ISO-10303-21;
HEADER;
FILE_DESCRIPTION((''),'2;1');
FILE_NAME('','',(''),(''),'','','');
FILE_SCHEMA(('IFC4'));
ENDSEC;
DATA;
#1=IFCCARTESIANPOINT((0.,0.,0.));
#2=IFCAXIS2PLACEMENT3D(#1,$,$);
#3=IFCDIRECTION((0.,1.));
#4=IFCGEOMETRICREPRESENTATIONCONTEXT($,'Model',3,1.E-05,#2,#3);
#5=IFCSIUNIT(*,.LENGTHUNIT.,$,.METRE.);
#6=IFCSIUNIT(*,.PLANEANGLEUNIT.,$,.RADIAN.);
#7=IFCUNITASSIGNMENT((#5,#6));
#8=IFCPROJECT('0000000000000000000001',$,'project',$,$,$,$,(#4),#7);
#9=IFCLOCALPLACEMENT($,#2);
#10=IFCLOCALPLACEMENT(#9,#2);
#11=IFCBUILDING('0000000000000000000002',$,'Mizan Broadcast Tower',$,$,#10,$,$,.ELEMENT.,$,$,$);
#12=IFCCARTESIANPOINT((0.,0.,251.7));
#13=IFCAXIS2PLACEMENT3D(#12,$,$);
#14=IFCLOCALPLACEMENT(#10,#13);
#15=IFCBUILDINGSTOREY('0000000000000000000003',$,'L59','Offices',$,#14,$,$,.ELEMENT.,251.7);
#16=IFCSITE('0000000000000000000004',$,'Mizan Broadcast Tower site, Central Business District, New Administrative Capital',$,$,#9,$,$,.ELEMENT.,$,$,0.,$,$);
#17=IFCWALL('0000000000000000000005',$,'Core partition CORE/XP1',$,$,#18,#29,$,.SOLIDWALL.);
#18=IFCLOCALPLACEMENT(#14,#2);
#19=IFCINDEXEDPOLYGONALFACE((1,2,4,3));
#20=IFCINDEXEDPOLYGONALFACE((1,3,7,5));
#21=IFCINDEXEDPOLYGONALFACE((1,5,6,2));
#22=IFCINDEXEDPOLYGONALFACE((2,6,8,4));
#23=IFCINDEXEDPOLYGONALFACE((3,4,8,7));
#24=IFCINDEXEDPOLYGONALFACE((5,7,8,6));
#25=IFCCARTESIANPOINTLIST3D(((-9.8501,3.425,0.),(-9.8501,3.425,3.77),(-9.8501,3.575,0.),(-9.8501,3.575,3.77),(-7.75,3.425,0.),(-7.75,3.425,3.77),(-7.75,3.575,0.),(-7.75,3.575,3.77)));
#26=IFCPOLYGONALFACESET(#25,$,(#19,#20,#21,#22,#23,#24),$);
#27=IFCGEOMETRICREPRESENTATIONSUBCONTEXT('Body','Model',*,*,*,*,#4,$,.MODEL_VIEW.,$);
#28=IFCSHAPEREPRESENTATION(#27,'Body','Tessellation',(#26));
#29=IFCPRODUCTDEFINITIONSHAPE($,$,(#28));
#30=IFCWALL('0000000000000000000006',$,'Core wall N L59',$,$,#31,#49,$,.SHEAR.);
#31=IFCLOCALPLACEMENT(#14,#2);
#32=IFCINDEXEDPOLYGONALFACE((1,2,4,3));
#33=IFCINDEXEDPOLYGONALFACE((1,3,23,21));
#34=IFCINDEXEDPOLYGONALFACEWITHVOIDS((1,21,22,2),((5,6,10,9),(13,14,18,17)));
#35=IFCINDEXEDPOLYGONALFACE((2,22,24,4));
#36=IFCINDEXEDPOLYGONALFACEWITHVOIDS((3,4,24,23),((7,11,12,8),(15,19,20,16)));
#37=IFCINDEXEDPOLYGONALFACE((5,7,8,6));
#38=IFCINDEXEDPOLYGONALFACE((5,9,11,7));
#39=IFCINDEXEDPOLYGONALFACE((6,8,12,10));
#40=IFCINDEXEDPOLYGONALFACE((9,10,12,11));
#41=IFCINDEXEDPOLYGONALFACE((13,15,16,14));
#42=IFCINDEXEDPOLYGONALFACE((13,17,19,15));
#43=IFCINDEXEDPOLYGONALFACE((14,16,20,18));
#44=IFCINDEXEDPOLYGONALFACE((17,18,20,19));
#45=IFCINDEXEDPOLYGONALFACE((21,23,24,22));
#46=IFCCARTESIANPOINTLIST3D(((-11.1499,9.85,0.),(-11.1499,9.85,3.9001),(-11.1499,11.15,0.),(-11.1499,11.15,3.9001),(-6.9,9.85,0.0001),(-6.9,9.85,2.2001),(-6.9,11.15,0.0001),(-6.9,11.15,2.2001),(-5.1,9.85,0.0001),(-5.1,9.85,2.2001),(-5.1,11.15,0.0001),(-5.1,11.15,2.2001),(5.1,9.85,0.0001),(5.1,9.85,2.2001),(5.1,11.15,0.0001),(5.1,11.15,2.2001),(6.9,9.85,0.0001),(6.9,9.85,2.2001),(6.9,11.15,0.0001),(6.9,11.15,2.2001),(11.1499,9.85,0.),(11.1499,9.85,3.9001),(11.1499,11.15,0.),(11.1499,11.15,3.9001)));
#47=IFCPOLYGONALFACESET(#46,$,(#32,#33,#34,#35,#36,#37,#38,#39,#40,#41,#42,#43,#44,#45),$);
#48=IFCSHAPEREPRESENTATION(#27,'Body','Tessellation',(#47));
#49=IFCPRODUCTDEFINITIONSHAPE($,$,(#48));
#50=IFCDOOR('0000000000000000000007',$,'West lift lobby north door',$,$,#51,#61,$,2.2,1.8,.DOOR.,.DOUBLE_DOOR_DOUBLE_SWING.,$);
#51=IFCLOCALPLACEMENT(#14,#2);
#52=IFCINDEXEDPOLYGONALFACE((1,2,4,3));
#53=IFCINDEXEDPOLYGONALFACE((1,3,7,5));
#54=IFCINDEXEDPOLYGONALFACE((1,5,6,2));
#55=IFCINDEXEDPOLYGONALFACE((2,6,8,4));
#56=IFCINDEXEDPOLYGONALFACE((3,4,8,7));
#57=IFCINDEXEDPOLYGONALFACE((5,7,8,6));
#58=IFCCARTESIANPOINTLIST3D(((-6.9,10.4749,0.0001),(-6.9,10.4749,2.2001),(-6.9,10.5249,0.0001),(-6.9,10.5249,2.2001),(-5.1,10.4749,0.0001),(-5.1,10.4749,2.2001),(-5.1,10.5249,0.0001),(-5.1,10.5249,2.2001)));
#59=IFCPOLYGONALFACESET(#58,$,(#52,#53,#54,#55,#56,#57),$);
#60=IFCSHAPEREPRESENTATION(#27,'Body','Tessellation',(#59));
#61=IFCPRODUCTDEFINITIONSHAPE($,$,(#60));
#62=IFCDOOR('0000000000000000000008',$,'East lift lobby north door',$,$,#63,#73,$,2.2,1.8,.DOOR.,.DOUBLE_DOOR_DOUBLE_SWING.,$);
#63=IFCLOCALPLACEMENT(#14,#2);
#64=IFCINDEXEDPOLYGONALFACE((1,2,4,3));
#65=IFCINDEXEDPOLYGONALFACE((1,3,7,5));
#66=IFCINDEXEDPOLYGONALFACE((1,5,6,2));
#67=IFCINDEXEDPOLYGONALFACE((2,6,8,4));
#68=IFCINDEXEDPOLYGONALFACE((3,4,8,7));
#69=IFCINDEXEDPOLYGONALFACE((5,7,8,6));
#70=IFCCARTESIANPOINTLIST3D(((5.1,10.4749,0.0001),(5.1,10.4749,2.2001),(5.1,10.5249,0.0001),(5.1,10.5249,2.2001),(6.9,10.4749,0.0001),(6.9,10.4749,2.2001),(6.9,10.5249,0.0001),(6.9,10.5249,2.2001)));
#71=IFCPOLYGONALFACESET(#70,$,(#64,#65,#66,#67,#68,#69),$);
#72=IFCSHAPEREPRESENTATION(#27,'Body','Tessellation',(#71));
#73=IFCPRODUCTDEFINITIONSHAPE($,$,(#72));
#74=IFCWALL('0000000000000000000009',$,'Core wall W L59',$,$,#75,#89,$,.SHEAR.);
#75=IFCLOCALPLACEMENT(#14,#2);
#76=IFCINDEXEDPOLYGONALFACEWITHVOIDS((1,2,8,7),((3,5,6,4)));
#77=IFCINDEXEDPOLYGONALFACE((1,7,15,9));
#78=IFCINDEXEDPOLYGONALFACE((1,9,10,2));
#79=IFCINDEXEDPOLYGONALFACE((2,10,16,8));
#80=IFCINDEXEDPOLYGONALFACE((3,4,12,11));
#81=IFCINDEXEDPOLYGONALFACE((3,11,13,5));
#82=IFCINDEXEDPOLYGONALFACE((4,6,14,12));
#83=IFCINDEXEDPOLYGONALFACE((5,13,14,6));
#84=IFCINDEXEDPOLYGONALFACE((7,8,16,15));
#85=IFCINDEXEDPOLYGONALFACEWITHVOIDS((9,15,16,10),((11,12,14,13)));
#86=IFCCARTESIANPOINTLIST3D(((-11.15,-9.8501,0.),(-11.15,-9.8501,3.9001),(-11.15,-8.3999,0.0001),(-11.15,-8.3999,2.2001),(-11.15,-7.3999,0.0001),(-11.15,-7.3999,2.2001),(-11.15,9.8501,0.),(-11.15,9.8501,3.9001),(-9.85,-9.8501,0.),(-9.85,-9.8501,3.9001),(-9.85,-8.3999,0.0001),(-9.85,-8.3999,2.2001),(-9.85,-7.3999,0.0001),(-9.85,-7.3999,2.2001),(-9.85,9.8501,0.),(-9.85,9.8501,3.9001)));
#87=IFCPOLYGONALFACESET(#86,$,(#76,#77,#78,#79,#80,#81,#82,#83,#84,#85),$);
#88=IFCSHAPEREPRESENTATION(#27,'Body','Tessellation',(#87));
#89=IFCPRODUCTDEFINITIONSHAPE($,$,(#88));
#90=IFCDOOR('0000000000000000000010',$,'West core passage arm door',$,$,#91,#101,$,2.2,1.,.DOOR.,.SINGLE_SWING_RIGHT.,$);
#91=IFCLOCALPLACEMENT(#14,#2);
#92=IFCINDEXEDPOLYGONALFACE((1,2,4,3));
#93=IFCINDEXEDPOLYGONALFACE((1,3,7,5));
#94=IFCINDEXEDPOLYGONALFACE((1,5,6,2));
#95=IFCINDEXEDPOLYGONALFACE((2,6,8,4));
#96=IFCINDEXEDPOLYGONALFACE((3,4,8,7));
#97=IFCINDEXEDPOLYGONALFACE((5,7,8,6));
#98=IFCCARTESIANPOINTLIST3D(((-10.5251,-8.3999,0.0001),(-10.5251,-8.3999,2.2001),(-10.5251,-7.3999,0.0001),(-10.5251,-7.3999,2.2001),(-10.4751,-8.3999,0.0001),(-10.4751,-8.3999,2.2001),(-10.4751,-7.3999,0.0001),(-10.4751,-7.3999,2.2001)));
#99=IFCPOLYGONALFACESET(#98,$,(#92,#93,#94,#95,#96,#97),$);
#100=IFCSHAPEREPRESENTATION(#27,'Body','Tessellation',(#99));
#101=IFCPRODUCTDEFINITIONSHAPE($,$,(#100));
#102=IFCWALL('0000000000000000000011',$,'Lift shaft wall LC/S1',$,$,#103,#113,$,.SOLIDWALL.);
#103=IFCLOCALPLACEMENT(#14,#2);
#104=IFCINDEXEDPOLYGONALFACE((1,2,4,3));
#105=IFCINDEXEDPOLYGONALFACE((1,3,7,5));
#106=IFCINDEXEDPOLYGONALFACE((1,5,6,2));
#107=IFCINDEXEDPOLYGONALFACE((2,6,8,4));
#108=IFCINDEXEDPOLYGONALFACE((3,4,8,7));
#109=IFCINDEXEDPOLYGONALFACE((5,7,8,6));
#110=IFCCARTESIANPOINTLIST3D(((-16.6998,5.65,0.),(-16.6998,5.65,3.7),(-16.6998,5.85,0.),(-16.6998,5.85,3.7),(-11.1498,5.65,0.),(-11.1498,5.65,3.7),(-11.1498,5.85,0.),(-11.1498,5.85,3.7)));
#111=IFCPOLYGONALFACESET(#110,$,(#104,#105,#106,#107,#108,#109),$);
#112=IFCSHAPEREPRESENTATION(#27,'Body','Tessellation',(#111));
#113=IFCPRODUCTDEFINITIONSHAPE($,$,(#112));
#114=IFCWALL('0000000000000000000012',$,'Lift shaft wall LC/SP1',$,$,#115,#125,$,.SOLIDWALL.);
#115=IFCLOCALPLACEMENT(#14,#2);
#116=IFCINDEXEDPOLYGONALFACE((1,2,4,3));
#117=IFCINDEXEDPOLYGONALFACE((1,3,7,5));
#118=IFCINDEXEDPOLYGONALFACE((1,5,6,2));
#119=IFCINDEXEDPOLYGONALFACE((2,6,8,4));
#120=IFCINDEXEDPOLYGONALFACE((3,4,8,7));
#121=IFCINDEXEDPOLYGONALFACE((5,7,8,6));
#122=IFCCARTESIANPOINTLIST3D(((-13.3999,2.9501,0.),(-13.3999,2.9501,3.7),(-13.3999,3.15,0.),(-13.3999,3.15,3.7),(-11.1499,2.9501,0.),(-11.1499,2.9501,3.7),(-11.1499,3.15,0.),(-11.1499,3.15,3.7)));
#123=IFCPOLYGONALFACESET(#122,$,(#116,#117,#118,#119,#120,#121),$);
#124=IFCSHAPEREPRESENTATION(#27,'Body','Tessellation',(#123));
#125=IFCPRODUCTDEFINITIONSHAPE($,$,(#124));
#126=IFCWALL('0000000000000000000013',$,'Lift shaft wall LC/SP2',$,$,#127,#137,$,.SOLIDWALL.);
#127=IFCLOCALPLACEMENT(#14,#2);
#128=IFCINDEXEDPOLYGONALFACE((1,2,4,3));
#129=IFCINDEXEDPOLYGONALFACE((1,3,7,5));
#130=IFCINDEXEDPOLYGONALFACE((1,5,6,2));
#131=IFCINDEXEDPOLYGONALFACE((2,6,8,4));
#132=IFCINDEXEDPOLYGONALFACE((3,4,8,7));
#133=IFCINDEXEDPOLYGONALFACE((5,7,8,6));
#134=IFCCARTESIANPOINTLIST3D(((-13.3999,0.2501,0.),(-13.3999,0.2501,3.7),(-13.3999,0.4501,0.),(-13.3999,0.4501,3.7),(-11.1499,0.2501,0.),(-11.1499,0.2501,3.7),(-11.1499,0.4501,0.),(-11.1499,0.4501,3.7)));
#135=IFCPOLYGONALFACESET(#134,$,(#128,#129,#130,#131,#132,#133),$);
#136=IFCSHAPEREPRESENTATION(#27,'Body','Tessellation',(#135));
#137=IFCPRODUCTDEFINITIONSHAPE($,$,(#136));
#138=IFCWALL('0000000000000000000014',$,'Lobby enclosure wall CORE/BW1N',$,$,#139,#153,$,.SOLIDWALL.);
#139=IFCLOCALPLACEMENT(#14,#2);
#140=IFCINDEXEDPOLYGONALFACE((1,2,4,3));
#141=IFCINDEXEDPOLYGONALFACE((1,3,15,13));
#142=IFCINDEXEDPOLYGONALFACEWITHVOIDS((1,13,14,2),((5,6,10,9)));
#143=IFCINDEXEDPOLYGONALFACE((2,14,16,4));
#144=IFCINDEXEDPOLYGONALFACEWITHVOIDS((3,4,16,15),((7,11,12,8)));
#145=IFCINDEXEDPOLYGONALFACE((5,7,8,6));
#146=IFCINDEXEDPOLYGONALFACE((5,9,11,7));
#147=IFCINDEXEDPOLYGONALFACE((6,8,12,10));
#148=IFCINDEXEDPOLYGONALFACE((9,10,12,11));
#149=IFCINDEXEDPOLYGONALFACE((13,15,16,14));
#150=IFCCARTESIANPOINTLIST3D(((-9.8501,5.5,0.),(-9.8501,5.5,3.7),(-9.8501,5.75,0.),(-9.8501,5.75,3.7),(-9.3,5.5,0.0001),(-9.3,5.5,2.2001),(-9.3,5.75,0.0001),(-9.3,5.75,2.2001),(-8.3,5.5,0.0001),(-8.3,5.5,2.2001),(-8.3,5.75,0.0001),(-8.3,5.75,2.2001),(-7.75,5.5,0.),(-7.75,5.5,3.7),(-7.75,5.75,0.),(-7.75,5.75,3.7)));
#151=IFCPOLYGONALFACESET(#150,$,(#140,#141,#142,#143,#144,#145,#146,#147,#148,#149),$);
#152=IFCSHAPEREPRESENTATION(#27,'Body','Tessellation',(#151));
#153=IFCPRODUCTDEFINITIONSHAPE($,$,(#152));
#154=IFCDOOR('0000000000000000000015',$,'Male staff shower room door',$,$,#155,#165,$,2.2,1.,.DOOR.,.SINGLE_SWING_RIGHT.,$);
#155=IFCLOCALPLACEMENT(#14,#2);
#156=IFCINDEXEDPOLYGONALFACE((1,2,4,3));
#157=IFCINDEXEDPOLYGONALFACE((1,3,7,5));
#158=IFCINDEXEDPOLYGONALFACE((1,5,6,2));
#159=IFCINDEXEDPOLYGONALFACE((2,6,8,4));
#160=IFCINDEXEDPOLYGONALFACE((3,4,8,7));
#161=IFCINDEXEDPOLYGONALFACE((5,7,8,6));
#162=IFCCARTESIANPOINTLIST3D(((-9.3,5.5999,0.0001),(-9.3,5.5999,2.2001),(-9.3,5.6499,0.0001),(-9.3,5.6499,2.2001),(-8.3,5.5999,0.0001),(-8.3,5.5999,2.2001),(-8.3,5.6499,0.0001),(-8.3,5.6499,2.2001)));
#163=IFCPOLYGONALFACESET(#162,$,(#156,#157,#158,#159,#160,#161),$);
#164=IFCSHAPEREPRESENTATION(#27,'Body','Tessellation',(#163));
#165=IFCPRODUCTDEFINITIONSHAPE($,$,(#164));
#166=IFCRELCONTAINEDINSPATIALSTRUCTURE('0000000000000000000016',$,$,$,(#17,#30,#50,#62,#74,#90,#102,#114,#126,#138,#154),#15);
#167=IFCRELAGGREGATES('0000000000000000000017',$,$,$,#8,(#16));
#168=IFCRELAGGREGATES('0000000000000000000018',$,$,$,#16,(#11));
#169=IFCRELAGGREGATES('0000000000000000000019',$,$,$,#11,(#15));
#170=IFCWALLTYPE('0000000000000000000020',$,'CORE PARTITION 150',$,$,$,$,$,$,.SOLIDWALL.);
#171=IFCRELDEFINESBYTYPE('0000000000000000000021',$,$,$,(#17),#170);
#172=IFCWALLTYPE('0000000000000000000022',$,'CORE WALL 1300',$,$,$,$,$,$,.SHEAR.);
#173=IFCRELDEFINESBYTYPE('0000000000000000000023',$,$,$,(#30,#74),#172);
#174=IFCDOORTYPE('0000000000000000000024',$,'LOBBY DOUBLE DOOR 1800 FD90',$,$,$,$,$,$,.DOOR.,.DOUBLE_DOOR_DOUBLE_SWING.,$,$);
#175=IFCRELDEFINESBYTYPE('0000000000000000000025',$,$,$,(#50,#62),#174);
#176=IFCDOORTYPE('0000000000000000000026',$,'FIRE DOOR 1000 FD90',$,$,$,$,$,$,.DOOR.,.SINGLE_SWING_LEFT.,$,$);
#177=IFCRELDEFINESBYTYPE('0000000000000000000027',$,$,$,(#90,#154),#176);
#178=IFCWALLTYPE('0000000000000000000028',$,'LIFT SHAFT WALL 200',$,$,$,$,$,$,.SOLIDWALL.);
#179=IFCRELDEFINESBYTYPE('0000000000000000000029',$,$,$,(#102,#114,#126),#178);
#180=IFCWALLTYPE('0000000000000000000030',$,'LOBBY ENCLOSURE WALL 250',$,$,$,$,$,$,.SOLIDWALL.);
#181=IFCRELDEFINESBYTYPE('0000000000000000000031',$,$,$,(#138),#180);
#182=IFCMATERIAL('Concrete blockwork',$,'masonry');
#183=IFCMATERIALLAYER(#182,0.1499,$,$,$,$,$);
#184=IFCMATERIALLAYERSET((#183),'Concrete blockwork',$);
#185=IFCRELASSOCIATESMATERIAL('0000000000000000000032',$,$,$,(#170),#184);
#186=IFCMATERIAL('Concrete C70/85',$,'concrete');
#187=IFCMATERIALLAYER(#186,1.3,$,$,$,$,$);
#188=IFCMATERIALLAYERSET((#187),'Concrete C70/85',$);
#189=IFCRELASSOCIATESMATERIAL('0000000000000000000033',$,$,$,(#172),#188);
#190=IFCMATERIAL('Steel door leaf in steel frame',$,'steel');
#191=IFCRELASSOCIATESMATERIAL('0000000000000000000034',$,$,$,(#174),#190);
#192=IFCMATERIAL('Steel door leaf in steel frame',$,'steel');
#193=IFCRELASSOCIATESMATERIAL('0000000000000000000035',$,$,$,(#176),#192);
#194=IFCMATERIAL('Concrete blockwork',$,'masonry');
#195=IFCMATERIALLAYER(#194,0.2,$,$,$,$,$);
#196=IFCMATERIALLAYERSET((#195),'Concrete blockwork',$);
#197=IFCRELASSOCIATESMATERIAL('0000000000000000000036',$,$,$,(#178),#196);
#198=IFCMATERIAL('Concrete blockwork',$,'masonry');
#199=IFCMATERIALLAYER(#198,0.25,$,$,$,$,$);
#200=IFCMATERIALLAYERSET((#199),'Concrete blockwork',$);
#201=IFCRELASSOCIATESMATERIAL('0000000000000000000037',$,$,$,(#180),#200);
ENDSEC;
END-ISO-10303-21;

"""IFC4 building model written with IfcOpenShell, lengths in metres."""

from ifc_helpers import new_model, si_unit, direction, frame, frame_2d, origin, place, context, subcontext, project, spatial, rectangle, extrude, material, layer, layer_set, type_object, element, fill, save


model = new_model("IFC4")

# Units and contexts
model_context = context("Model", 3, precision=1e-05, world=origin(), true_north=direction((0.0, 1.0)))
body_context = subcontext(model_context, "Body", "Model", "MODEL_VIEW")
ifc_project = project(units=[si_unit("LENGTHUNIT", "METRE"), si_unit("PLANEANGLEUNIT", "RADIAN")], contexts=[model_context])

# Site, building, storey
site_placement = place(None, origin())
site = spatial("IfcSite", under=ifc_project, at=site_placement, Name="Mizan Broadcast Tower site, Central Business District, New Administrative Capital", CompositionType="ELEMENT", RefElevation=0.0)
building_placement = place(site_placement, origin())
building = spatial("IfcBuilding", under=site, at=building_placement, Name="Mizan Broadcast Tower", CompositionType="ELEMENT")
storey_placement = place(building_placement, frame((0.0, 0.0, 251.7)))
storey = spatial("IfcBuildingStorey", under=building, at=storey_placement, Name="L59", Description="Offices", CompositionType="ELEMENT", Elevation=251.7)

# Wall
ifc_material_1 = material(Name="Concrete blockwork", Category="masonry")
ifc_layer_1 = layer(ifc_material_1, 0.1499)
ifc_layer_set_1 = layer_set([ifc_layer_1], Name="Concrete blockwork")
wall_type_1 = type_object("IfcWallType", Name="CORE PARTITION 150", PredefinedType="SOLIDWALL", material=ifc_layer_set_1)
wall_1_placement = place(storey_placement, frame((-9.8501, 3.5, 0.0), z_axis=(0.0, 0.0, 1.0), x_axis=(1.0, 0.0, 0.0)))
element("IfcWall", 1, at=wall_1_placement, inside=storey, type_object=wall_type_1, Name="Core partition CORE/XP1", PredefinedType="SOLIDWALL", context=body_context, shape_type="SweptSolid", body=[
    extrude(rectangle(XDim=2.1001, YDim=0.1499, at=frame_2d((1.05, 0.0))), origin(), (0.0, 0.0, 1.0), 3.77),
])

# Wall, openings, doors
ifc_material_2 = material(Name="Concrete C70/85", Category="concrete")
ifc_layer_2 = layer(ifc_material_2, 1.3)
ifc_layer_set_2 = layer_set([ifc_layer_2], Name="Concrete C70/85")
wall_type_2 = type_object("IfcWallType", Name="CORE WALL 1300", PredefinedType="SHEAR", material=ifc_layer_set_2)
wall_2_placement = place(storey_placement, frame((-11.1499, 10.5, 0.0), z_axis=(0.0, 0.0, 1.0), x_axis=(1.0, 0.0, 0.0)))
wall_2 = element("IfcWall", 2, at=wall_2_placement, inside=storey, type_object=wall_type_2, Name="Core wall N L59", PredefinedType="SHEAR", context=body_context, shape_type="SweptSolid", body=[
    extrude(rectangle(XDim=22.2998, YDim=1.3, at=frame_2d((11.1499, 0.0))), origin(), (0.0, 0.0, 1.0), 3.9001),
])
opening_1_placement = place(wall_2_placement, frame((4.25, 0.0, 0.0)))
opening_1 = element("IfcOpeningElement", 3, at=opening_1_placement, cuts=wall_2, PredefinedType="OPENING", context=body_context, shape_type="SweptSolid", body=[
    extrude(rectangle(XDim=1.8, YDim=2.2, at=frame_2d((0.8999, 1.1001))), frame((0.0, 0.6599, 0.0), z_axis=(0.0, -1.0, 0.0), x_axis=(1.0, 0.0, 0.0)), (0.0, 0.0, 1.0), 1.3201),
])
opening_2_placement = place(wall_2_placement, frame((16.25, 0.0, 0.0)))
opening_2 = element("IfcOpeningElement", 4, at=opening_2_placement, cuts=wall_2, PredefinedType="OPENING", context=body_context, shape_type="SweptSolid", body=[
    extrude(rectangle(XDim=1.8, YDim=2.2, at=frame_2d((0.8999, 1.1001))), frame((0.0, 0.6599, 0.0), z_axis=(0.0, -1.0, 0.0), x_axis=(1.0, 0.0, 0.0)), (0.0, 0.0, 1.0), 1.3201),
])
ifc_material_3 = material(Name="Steel door leaf in steel frame", Category="steel")
door_type_1 = type_object("IfcDoorType", Name="LOBBY DOUBLE DOOR 1800 FD90", OperationType="DOUBLE_DOOR_DOUBLE_SWING", PredefinedType="DOOR", material=ifc_material_3)
door_1_placement = place(opening_1_placement, origin())
door_1 = element("IfcDoor", 5, at=door_1_placement, inside=storey, type_object=door_type_1, Name="West lift lobby north door", OperationType="DOUBLE_DOOR_DOUBLE_SWING", OverallHeight=2.2, OverallWidth=1.8, PredefinedType="DOOR", context=body_context, shape_type="SweptSolid", body=[
    extrude(rectangle(XDim=1.8, YDim=2.2, at=frame_2d((0.8999, 1.1001))), frame((0.0, 0.0249, 0.0), z_axis=(0.0, -1.0, 0.0), x_axis=(1.0, 0.0, 0.0)), (0.0, 0.0, 1.0), 0.05),
])
fill(opening_1, door_1)
door_2_placement = place(opening_2_placement, origin())
door_2 = element("IfcDoor", 6, at=door_2_placement, inside=storey, type_object=door_type_1, Name="East lift lobby north door", OperationType="DOUBLE_DOOR_DOUBLE_SWING", OverallHeight=2.2, OverallWidth=1.8, PredefinedType="DOOR", context=body_context, shape_type="SweptSolid", body=[
    extrude(rectangle(XDim=1.8, YDim=2.2, at=frame_2d((0.8999, 1.1001))), frame((0.0, 0.0249, 0.0), z_axis=(0.0, -1.0, 0.0), x_axis=(1.0, 0.0, 0.0)), (0.0, 0.0, 1.0), 0.05),
])
fill(opening_2, door_2)

# Wall, opening, door
wall_3_placement = place(storey_placement, frame((-10.5, 9.8501, 0.0), z_axis=(0.0, 0.0, 1.0), x_axis=(0.0, -1.0, 0.0)))
wall_3 = element("IfcWall", 7, at=wall_3_placement, inside=storey, type_object=wall_type_2, Name="Core wall W L59", PredefinedType="SHEAR", context=body_context, shape_type="SweptSolid", body=[
    extrude(rectangle(XDim=19.7002, YDim=1.3, at=frame_2d((9.8501, 0.0))), origin(), (0.0, 0.0, 1.0), 3.9001),
])
opening_3_placement = place(wall_3_placement, frame((17.25, 0.0, 0.0)))
opening_3 = element("IfcOpeningElement", 8, at=opening_3_placement, cuts=wall_3, PredefinedType="OPENING", context=body_context, shape_type="SweptSolid", body=[
    extrude(rectangle(XDim=1.0, YDim=2.2, at=frame_2d((0.5, 1.1001))), frame((0.0, 0.6599, 0.0), z_axis=(0.0, -1.0, 0.0), x_axis=(1.0, 0.0, 0.0)), (0.0, 0.0, 1.0), 1.3201),
])
ifc_material_4 = material(Name="Steel door leaf in steel frame", Category="steel")
door_type_2 = type_object("IfcDoorType", Name="FIRE DOOR 1000 FD90", OperationType="SINGLE_SWING_LEFT", PredefinedType="DOOR", material=ifc_material_4)
door_3_placement = place(opening_3_placement, origin())
door_3 = element("IfcDoor", 9, at=door_3_placement, inside=storey, type_object=door_type_2, Name="West core passage arm door", OperationType="SINGLE_SWING_RIGHT", OverallHeight=2.2, OverallWidth=1.0, PredefinedType="DOOR", context=body_context, shape_type="SweptSolid", body=[
    extrude(rectangle(XDim=1.0, YDim=2.2, at=frame_2d((0.5, 1.1001))), frame((0.0, 0.0249, 0.0), z_axis=(0.0, -1.0, 0.0), x_axis=(1.0, 0.0, 0.0)), (0.0, 0.0, 1.0), 0.05),
])
fill(opening_3, door_3)

# Walls
ifc_material_5 = material(Name="Concrete blockwork", Category="masonry")
ifc_layer_3 = layer(ifc_material_5, 0.2)
ifc_layer_set_3 = layer_set([ifc_layer_3], Name="Concrete blockwork")
wall_type_3 = type_object("IfcWallType", Name="LIFT SHAFT WALL 200", PredefinedType="SOLIDWALL", material=ifc_layer_set_3)
wall_4_placement = place(storey_placement, frame((-11.1499, 5.75, 0.0), z_axis=(0.0, 0.0, 1.0), x_axis=(-1.0, 0.0, 0.0)))
element("IfcWall", 10, at=wall_4_placement, inside=storey, type_object=wall_type_3, Name="Lift shaft wall LC/S1", PredefinedType="SOLIDWALL", context=body_context, shape_type="SweptSolid", body=[
    extrude(rectangle(XDim=5.55, YDim=0.2, at=frame_2d((2.7749, 0.0))), origin(), (0.0, 0.0, 1.0), 3.7),
])
for number, where, z_axis, x_axis, name in (
    (11, (-11.1499, 3.05, 0.0), (0.0, 0.0, 1.0), (-1.0, 0.0, 0.0), "Lift shaft wall LC/SP1"),
    (12, (-11.1499, 0.3501, 0.0), (0.0, 0.0, 1.0), (-1.0, 0.0, 0.0), "Lift shaft wall LC/SP2"),
):
    element("IfcWall", number, at=place(storey_placement, frame(where, z_axis=z_axis, x_axis=x_axis)), inside=storey, type_object=wall_type_3, Name=name, PredefinedType="SOLIDWALL", context=body_context, shape_type="SweptSolid", body=[
        extrude(rectangle(XDim=2.25, YDim=0.2, at=frame_2d((1.125, 0.0))), origin(), (0.0, 0.0, 1.0), 3.7),
    ])

# Wall, opening, door
ifc_material_6 = material(Name="Concrete blockwork", Category="masonry")
ifc_layer_4 = layer(ifc_material_6, 0.25)
ifc_layer_set_4 = layer_set([ifc_layer_4], Name="Concrete blockwork")
wall_type_4 = type_object("IfcWallType", Name="LOBBY ENCLOSURE WALL 250", PredefinedType="SOLIDWALL", material=ifc_layer_set_4)
wall_5_placement = place(storey_placement, frame((-9.8501, 5.625, 0.0), z_axis=(0.0, 0.0, 1.0), x_axis=(1.0, 0.0, 0.0)))
wall_5 = element("IfcWall", 13, at=wall_5_placement, inside=storey, type_object=wall_type_4, Name="Lobby enclosure wall CORE/BW1N", PredefinedType="SOLIDWALL", context=body_context, shape_type="SweptSolid", body=[
    extrude(rectangle(XDim=2.1001, YDim=0.25, at=frame_2d((1.05, 0.0))), origin(), (0.0, 0.0, 1.0), 3.7),
])
opening_4_placement = place(wall_5_placement, frame((0.55, 0.0, 0.0)))
opening_4 = element("IfcOpeningElement", 14, at=opening_4_placement, cuts=wall_5, PredefinedType="OPENING", context=body_context, shape_type="SweptSolid", body=[
    extrude(rectangle(XDim=1.0, YDim=2.2, at=frame_2d((0.5, 1.1001))), frame((0.0, 0.135, 0.0), z_axis=(0.0, -1.0, 0.0), x_axis=(1.0, 0.0, 0.0)), (0.0, 0.0, 1.0), 0.27),
])
door_4_placement = place(opening_4_placement, origin())
door_4 = element("IfcDoor", 15, at=door_4_placement, inside=storey, type_object=door_type_2, Name="Male staff shower room door", OperationType="SINGLE_SWING_RIGHT", OverallHeight=2.2, OverallWidth=1.0, PredefinedType="DOOR", context=body_context, shape_type="SweptSolid", body=[
    extrude(rectangle(XDim=1.0, YDim=2.2, at=frame_2d((0.5, 1.1001))), frame((0.0, 0.0249, 0.0), z_axis=(0.0, -1.0, 0.0), x_axis=(1.0, 0.0, 0.0)), (0.0, 0.0, 1.0), 0.05),
])
fill(opening_4, door_4)

save(model, "model.ifc")
